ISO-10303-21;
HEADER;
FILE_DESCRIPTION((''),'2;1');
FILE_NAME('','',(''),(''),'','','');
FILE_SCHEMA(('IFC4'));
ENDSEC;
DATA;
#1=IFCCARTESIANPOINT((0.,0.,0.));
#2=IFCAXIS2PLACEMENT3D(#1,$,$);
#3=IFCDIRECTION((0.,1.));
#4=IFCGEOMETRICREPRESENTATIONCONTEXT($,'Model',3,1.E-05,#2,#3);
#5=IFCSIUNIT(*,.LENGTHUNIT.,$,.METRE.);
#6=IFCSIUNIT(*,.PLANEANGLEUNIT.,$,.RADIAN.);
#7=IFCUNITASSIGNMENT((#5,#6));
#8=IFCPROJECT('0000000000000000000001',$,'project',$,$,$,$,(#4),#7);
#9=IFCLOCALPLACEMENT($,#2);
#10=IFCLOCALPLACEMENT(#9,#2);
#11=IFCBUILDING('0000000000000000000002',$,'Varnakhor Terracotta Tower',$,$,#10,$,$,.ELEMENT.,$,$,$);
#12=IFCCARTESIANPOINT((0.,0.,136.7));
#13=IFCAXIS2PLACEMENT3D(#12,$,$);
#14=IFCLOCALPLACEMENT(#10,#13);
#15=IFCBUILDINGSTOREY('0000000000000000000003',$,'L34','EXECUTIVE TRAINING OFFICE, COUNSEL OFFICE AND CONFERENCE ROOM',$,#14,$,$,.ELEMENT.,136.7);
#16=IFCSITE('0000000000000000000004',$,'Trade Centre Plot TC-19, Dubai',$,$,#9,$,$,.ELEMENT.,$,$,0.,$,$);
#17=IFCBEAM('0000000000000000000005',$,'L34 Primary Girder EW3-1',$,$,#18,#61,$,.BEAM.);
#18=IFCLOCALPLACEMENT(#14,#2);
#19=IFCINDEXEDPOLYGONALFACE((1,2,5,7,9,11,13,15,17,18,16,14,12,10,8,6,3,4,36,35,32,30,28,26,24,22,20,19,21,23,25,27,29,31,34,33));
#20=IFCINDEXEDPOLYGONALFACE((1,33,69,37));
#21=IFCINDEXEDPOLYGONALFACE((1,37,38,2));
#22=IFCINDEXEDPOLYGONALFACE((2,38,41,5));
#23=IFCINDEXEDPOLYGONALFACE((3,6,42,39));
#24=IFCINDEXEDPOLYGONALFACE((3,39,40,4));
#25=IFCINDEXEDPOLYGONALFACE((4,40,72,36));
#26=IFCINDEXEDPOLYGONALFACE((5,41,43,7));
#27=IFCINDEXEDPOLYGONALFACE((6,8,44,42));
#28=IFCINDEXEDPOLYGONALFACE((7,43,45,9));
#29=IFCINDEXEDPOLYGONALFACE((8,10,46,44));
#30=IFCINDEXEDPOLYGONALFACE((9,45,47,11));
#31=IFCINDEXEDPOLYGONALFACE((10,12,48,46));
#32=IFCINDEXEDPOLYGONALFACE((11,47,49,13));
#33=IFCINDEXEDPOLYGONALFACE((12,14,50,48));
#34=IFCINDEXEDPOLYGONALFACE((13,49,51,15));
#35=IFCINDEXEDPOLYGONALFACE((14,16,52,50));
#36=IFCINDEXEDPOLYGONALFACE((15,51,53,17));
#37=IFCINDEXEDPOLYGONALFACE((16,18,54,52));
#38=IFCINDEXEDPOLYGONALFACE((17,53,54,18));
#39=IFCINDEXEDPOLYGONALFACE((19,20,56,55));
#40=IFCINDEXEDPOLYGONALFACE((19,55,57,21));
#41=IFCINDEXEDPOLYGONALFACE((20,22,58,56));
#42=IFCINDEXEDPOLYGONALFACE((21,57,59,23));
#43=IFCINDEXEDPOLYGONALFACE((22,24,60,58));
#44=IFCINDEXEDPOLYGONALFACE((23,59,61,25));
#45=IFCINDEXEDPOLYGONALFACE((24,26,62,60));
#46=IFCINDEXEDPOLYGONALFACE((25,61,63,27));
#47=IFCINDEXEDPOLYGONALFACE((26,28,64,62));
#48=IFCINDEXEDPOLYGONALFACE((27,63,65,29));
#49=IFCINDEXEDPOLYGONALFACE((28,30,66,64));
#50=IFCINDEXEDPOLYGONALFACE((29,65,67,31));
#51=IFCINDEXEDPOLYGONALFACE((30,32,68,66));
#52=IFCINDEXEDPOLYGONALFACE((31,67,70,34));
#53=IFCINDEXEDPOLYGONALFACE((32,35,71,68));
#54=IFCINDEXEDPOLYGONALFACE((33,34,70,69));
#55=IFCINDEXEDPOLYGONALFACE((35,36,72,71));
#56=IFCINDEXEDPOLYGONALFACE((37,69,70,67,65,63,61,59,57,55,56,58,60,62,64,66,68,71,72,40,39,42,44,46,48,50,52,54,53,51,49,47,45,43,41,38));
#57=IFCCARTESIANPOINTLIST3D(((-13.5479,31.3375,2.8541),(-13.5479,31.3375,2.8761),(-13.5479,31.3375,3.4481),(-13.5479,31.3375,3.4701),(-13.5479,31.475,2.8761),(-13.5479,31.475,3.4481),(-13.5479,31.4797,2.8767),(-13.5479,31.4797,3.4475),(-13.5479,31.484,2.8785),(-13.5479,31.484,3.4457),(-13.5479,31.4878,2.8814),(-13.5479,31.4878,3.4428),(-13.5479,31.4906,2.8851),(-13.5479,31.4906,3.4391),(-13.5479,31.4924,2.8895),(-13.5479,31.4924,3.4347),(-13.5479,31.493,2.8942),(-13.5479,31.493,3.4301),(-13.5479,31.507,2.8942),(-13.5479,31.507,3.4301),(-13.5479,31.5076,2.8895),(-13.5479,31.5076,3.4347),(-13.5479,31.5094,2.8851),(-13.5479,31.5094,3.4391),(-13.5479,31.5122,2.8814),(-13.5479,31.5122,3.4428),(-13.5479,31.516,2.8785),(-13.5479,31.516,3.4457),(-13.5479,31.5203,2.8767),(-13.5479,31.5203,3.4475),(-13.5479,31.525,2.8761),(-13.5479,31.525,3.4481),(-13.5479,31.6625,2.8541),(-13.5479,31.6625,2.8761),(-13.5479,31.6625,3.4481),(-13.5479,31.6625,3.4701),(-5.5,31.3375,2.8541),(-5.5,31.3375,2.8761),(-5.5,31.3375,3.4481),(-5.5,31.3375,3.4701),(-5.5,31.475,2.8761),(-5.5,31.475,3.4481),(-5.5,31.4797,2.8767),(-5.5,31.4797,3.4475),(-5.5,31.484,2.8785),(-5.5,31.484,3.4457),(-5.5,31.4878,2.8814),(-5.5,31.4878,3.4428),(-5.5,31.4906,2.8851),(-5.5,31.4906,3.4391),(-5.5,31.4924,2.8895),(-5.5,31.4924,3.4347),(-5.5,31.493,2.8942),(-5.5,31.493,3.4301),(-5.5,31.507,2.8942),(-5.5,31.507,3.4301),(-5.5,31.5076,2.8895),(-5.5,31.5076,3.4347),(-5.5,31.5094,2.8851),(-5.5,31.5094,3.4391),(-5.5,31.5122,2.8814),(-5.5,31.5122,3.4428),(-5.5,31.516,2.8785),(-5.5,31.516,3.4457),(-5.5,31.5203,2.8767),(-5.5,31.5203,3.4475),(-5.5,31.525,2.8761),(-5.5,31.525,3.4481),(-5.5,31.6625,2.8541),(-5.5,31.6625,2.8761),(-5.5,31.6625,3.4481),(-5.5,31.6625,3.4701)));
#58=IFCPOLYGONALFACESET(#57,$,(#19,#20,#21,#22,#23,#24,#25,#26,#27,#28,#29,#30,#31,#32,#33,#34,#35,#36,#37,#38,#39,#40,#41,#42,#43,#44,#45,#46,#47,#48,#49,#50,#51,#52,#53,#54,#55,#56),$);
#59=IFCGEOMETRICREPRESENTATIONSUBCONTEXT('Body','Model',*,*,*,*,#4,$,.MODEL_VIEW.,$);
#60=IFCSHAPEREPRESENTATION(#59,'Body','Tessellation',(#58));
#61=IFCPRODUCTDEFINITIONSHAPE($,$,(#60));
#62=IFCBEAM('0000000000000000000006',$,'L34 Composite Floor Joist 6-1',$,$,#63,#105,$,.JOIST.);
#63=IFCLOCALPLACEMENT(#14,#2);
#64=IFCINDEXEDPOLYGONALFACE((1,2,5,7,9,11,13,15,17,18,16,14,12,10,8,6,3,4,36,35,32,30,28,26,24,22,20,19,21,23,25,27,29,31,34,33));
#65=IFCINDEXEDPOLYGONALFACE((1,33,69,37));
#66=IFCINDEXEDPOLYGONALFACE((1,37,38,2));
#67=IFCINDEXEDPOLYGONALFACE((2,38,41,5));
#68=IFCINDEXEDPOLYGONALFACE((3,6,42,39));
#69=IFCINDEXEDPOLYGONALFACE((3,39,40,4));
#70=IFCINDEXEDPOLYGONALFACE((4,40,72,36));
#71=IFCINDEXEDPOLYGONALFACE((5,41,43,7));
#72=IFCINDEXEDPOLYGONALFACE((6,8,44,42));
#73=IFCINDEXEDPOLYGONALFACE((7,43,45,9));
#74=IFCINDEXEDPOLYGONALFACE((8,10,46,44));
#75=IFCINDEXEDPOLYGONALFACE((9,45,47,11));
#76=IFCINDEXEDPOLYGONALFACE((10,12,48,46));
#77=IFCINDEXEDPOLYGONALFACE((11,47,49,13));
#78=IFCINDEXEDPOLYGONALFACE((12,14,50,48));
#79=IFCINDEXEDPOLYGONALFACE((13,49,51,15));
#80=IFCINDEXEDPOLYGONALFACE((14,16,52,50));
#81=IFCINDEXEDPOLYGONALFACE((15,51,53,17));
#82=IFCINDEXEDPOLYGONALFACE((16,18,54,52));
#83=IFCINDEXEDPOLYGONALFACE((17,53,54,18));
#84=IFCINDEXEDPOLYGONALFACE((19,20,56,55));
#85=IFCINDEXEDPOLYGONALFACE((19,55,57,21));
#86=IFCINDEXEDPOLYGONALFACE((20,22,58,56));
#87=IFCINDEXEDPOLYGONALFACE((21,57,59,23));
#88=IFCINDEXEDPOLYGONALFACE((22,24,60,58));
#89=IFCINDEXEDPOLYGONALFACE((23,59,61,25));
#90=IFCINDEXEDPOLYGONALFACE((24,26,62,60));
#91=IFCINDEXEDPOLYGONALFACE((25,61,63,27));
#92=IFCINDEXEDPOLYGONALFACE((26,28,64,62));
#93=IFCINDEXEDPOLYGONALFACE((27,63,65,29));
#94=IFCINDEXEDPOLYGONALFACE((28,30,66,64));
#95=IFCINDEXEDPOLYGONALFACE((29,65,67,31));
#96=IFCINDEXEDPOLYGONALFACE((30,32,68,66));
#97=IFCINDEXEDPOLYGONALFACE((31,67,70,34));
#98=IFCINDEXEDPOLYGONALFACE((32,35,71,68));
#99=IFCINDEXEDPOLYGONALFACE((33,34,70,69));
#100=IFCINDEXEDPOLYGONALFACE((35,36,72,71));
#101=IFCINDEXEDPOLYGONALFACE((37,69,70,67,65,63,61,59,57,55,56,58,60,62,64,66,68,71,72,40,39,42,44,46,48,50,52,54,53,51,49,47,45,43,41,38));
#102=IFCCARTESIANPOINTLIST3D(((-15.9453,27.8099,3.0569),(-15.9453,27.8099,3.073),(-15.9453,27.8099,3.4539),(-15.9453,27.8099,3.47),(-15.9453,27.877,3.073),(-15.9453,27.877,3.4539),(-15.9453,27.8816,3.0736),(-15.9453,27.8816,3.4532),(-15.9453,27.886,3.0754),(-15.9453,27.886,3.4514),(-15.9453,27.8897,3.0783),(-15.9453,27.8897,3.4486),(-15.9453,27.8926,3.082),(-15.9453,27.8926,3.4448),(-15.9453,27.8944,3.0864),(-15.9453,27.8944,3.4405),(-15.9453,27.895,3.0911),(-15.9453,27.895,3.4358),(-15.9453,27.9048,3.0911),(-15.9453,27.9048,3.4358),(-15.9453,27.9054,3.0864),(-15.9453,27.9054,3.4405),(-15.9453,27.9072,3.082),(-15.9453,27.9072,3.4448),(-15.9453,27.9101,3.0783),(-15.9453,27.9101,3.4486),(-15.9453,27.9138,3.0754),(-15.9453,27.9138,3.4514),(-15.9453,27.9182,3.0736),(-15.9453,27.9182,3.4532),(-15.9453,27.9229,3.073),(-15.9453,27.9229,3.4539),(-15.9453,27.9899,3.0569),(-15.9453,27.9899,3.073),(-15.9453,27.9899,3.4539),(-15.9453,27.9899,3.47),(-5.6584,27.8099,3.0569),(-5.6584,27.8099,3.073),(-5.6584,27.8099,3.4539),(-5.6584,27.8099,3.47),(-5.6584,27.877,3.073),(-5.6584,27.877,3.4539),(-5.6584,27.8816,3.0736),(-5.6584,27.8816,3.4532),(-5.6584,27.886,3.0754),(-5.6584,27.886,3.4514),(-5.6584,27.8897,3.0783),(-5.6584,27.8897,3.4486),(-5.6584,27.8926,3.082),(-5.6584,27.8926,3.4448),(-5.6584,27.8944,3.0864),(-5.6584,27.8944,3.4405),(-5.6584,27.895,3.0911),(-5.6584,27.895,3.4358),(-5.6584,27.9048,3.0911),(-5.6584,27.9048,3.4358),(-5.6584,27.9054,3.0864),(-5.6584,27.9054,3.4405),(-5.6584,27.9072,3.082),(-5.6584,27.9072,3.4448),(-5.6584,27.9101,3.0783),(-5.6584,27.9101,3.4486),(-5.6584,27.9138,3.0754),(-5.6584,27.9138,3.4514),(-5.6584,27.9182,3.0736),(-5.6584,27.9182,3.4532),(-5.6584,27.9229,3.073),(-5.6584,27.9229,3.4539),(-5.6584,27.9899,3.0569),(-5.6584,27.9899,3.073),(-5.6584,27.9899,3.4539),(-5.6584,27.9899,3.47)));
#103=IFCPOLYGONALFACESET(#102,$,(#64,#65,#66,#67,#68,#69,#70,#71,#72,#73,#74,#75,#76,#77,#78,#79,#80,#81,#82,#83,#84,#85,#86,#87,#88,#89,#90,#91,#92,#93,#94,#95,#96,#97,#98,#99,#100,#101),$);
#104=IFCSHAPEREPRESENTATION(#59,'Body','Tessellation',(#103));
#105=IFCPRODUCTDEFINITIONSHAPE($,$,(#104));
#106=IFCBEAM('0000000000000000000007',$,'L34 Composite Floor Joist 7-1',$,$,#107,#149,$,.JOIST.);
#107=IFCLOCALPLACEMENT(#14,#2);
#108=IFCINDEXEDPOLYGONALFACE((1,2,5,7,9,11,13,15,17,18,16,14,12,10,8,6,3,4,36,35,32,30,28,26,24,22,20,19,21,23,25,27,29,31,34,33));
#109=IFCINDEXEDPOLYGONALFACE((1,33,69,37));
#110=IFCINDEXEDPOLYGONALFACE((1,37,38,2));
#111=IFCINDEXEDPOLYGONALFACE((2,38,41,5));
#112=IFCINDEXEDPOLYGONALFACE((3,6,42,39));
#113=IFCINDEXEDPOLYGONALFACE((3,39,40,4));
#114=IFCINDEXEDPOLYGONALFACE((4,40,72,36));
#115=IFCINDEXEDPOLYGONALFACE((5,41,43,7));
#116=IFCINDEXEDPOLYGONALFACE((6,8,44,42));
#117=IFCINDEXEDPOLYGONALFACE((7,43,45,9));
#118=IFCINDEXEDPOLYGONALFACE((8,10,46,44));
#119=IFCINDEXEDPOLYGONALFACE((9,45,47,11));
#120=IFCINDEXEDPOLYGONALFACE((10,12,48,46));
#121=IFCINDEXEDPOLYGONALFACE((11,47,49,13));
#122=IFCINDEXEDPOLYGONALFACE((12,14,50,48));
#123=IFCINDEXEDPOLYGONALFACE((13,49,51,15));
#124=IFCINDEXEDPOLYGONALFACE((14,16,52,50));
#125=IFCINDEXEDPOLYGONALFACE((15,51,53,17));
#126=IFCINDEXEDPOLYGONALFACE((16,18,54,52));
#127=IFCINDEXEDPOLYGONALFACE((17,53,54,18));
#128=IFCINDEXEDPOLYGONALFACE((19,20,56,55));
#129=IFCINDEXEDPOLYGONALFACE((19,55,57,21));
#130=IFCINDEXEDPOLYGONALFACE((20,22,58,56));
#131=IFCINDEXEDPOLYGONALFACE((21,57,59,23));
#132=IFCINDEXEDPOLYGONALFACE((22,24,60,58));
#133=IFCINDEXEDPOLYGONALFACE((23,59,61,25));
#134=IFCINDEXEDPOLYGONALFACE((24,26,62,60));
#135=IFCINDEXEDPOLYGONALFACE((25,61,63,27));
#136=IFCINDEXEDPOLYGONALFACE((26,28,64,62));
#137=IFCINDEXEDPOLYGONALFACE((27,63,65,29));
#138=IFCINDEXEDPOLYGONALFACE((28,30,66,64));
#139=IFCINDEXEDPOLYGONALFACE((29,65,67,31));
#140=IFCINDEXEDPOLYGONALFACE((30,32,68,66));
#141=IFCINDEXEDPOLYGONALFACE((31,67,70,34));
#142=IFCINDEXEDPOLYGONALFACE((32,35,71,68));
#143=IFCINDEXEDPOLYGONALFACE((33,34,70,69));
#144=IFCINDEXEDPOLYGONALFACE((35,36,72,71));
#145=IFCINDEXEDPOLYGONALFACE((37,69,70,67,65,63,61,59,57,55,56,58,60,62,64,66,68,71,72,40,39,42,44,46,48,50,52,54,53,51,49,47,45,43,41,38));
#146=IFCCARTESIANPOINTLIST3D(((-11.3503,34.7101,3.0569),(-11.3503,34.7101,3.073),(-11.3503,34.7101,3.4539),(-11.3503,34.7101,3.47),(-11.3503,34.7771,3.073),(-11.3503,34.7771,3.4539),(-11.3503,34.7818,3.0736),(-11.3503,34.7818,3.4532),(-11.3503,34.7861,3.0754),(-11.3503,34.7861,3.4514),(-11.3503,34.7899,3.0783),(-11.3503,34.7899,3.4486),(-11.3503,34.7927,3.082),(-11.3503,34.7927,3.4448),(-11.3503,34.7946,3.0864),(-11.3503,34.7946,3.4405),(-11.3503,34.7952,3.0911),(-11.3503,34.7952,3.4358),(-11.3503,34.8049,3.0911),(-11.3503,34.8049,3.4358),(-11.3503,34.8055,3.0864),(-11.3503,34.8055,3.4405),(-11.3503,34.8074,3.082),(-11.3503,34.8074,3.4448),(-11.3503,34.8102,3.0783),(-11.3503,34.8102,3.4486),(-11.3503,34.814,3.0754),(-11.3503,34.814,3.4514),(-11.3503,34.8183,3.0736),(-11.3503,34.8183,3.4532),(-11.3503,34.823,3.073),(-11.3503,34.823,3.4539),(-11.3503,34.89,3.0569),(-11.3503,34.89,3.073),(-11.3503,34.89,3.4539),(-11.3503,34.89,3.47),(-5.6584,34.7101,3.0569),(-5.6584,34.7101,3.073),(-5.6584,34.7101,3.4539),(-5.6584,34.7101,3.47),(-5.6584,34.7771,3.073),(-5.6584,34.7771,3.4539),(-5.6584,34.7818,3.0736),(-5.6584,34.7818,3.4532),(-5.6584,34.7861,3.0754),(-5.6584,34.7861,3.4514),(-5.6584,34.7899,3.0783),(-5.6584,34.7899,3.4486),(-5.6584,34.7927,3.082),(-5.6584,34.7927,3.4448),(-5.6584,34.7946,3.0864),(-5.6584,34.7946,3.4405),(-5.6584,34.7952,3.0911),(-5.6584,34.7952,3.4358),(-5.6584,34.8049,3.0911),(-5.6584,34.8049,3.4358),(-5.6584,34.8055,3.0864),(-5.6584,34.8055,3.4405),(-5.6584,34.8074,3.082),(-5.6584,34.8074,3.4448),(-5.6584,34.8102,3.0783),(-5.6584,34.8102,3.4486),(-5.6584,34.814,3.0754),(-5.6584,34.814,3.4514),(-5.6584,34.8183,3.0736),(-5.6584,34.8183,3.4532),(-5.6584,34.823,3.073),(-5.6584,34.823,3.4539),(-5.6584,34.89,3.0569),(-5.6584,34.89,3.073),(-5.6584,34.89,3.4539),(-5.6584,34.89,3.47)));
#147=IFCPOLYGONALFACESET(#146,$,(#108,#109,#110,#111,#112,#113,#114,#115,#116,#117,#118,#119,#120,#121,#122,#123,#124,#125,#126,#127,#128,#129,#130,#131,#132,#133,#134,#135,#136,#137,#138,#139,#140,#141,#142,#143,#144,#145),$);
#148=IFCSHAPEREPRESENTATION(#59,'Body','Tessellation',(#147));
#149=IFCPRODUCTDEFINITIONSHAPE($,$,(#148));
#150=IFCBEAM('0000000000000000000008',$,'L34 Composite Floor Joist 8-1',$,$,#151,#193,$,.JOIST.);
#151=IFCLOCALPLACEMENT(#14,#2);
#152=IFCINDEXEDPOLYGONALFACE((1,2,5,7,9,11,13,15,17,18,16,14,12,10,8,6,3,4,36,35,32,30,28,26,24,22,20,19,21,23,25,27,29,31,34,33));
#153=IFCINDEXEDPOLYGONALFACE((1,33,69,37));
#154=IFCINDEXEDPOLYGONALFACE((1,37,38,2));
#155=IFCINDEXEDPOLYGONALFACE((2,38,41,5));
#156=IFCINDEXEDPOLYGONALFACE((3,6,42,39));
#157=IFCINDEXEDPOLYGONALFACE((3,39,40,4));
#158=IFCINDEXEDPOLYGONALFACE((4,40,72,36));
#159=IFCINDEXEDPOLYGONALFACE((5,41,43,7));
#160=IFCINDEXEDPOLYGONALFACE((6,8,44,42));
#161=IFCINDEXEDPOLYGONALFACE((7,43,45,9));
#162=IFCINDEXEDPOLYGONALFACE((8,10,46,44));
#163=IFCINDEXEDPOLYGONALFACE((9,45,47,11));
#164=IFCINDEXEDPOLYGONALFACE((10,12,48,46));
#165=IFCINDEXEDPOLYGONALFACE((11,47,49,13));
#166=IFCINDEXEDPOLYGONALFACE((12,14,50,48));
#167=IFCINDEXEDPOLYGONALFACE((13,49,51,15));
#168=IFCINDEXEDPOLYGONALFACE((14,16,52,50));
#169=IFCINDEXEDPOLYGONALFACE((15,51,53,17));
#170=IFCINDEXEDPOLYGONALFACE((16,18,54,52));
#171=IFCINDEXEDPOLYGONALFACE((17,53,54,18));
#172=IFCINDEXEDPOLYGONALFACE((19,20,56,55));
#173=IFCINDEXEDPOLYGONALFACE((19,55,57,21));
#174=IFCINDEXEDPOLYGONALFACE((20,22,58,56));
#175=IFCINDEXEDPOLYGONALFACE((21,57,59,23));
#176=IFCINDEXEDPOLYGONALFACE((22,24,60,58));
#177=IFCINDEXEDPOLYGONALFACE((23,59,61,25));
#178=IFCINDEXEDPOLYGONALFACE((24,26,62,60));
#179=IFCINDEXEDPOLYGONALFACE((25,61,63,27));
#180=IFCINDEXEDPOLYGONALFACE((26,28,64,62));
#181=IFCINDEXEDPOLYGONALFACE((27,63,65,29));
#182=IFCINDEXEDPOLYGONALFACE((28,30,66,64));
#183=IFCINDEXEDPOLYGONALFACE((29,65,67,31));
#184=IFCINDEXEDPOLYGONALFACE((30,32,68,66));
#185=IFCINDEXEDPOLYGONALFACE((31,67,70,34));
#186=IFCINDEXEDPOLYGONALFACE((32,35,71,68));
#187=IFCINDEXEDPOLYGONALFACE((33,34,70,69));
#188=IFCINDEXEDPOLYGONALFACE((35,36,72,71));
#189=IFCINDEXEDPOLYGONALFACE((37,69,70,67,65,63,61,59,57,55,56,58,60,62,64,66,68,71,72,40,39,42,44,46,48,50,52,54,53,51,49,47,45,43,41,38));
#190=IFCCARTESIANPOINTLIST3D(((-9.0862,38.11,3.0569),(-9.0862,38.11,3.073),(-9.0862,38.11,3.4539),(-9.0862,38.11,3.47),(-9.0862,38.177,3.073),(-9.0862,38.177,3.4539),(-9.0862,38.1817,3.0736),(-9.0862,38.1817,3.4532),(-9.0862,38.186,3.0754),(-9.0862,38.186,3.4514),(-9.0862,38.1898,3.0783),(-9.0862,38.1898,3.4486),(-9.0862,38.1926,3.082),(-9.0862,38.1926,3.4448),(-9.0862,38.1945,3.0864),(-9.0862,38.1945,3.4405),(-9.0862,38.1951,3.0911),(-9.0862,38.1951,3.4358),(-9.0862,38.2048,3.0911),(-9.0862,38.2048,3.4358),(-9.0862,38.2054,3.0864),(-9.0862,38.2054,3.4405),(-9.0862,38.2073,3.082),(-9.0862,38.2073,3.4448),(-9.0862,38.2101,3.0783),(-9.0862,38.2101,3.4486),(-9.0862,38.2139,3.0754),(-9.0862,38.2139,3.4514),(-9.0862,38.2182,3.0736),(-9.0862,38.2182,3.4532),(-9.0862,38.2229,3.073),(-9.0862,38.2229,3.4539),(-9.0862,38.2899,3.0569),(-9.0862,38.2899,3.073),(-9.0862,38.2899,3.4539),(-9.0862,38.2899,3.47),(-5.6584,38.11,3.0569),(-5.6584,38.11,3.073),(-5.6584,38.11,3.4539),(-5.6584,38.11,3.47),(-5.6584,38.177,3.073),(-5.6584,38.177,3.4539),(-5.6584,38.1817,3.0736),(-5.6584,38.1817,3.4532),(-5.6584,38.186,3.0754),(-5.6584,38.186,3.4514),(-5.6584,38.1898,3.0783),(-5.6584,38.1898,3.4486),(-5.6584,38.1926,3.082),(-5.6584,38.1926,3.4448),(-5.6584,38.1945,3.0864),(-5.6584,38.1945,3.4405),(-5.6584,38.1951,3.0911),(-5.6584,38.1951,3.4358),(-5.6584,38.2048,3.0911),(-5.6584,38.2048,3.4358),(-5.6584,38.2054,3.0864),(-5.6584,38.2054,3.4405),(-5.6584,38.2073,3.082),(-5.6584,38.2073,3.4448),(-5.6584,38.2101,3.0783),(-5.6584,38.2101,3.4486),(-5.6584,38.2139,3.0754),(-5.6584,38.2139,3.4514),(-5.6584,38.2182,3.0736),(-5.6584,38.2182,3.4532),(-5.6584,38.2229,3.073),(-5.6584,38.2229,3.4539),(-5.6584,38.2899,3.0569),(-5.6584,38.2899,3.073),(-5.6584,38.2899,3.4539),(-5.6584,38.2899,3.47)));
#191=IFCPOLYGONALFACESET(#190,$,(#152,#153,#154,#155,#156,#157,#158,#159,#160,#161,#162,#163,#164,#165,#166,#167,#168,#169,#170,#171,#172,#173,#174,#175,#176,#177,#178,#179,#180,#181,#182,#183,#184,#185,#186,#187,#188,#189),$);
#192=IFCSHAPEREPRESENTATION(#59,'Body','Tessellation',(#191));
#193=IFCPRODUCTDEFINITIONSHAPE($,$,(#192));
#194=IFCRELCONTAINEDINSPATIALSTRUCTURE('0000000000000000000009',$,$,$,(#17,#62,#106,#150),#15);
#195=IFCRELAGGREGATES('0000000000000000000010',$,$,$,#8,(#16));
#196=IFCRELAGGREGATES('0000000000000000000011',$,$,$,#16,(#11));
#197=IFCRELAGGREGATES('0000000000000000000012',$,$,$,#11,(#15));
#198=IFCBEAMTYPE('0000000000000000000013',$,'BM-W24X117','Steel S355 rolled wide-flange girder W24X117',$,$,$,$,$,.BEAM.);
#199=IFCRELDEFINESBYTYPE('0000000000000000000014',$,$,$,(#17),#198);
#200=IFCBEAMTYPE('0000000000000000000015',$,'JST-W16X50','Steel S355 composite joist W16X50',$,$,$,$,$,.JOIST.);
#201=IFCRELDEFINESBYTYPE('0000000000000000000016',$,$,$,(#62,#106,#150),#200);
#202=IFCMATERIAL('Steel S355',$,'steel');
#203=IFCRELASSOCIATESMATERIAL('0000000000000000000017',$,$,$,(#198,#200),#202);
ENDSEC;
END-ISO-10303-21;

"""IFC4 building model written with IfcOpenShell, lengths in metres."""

from ifc_helpers import new_model, si_unit, direction, frame, origin, origin_2d, place, context, subcontext, project, spatial, i_section, extrude, source, transform, mapped, material, material_profile, profile_set, type_object, element, save


model = new_model("IFC4")

# Units and contexts
model_context = context("Model", 3, precision=1e-05, world=origin(), true_north=direction((0.0, 1.0)))
body_context = subcontext(model_context, "Body", "Model", "MODEL_VIEW")
ifc_project = project(units=[si_unit("LENGTHUNIT", "METRE"), si_unit("PLANEANGLEUNIT", "RADIAN")], contexts=[model_context])

# Site, building, storey
site_placement = place(None, origin())
site = spatial("IfcSite", under=ifc_project, at=site_placement, Name="Trade Centre Plot TC-19, Dubai", CompositionType="ELEMENT", RefElevation=0.0)
building_placement = place(site_placement, origin())
building = spatial("IfcBuilding", under=site, at=building_placement, Name="Varnakhor Terracotta Tower", CompositionType="ELEMENT")
storey_placement = place(building_placement, frame((0.0, 0.0, 136.7)))
storey = spatial("IfcBuildingStorey", under=building, at=storey_placement, Name="L34", Description="EXECUTIVE TRAINING OFFICE, COUNSEL OFFICE AND CONFERENCE ROOM", CompositionType="ELEMENT", Elevation=136.7)

# Beams
ifc_material_1 = material(Name="Steel S355", Category="steel")
ifc_material_profile_1 = material_profile(ifc_material_1, i_section(OverallWidth=0.325, OverallDepth=0.616, WebThickness=0.0139, FlangeThickness=0.022, FilletRadius=0.0181, at=origin_2d()), Name="W24X117")
ifc_profile_set_1 = profile_set([ifc_material_profile_1], Name="Steel S355")
beam_type_1 = type_object("IfcBeamType", Name="BM-W24X117", Description="Steel S355 rolled wide-flange girder W24X117", PredefinedType="BEAM", material=ifc_profile_set_1)
ifc_material_profile_2 = material_profile(ifc_material_1, i_section(OverallWidth=0.1799, OverallDepth=0.4131, WebThickness=0.0098, FlangeThickness=0.0161, FilletRadius=0.0181, at=origin_2d()), Name="W16X50")
ifc_profile_set_2 = profile_set([ifc_material_profile_2], Name="Steel S355")
beam_type_2 = type_object("IfcBeamType", Name="JST-W16X50", Description="Steel S355 composite joist W16X50", PredefinedType="JOIST", material=ifc_profile_set_2)
shared_shape_1 = source(origin(), body_context, "Body", "SweptSolid", [
    extrude(i_section(OverallWidth=0.325, OverallDepth=0.616, WebThickness=0.0139, FlangeThickness=0.022, FilletRadius=0.0181, at=origin_2d()), origin(), (0.0, 0.0, 1.0), 8.0479),
])
beam_1_placement = place(storey_placement, frame((-13.5479, 31.5, 3.1621), z_axis=(1.0, 0.0, 0.0), x_axis=(0.0, 1.0, 0.0)))
element("IfcBeam", 1, at=beam_1_placement, inside=storey, type_object=beam_type_1, Name="L34 Primary Girder EW3-1", PredefinedType="BEAM", context=body_context, shape_type="MappedRepresentation", body=[
    mapped(shared_shape_1, transform((0.0, 0.0, 0.0), scale=1.0)),
])
shared_shape_2 = source(origin(), body_context, "Body", "SweptSolid", [
    extrude(i_section(OverallWidth=0.1799, OverallDepth=0.4131, WebThickness=0.0098, FlangeThickness=0.0161, FilletRadius=0.0181, at=origin_2d()), origin(), (0.0, 0.0, 1.0), 10.2869),
])
beam_2_placement = place(storey_placement, frame((-15.9453, 27.8999, 3.2634), z_axis=(1.0, 0.0, 0.0), x_axis=(0.0, 1.0, 0.0)))
element("IfcBeam", 2, at=beam_2_placement, inside=storey, type_object=beam_type_2, Name="L34 Composite Floor Joist 6-1", PredefinedType="JOIST", context=body_context, shape_type="MappedRepresentation", body=[
    mapped(shared_shape_2, transform((0.0, 0.0, 0.0), scale=1.0)),
])
shared_shape_3 = source(origin(), body_context, "Body", "SweptSolid", [
    extrude(i_section(OverallWidth=0.1799, OverallDepth=0.4131, WebThickness=0.0098, FlangeThickness=0.0161, FilletRadius=0.0181, at=origin_2d()), origin(), (0.0, 0.0, 1.0), 5.6919),
])
beam_3_placement = place(storey_placement, frame((-11.3503, 34.8, 3.2634), z_axis=(1.0, 0.0, 0.0), x_axis=(0.0, 1.0, 0.0)))
element("IfcBeam", 3, at=beam_3_placement, inside=storey, type_object=beam_type_2, Name="L34 Composite Floor Joist 7-1", PredefinedType="JOIST", context=body_context, shape_type="MappedRepresentation", body=[
    mapped(shared_shape_3, transform((0.0, 0.0, 0.0), scale=1.0)),
])
shared_shape_4 = source(origin(), body_context, "Body", "SweptSolid", [
    extrude(i_section(OverallWidth=0.1799, OverallDepth=0.4131, WebThickness=0.0098, FlangeThickness=0.0161, FilletRadius=0.0181, at=origin_2d()), origin(), (0.0, 0.0, 1.0), 3.4277),
])
beam_4_placement = place(storey_placement, frame((-9.0862, 38.2, 3.2634), z_axis=(1.0, 0.0, 0.0), x_axis=(0.0, 1.0, 0.0)))
element("IfcBeam", 4, at=beam_4_placement, inside=storey, type_object=beam_type_2, Name="L34 Composite Floor Joist 8-1", PredefinedType="JOIST", context=body_context, shape_type="MappedRepresentation", body=[
    mapped(shared_shape_4, transform((0.0, 0.0, 0.0), scale=1.0)),
])

save(model, "model.ifc")
